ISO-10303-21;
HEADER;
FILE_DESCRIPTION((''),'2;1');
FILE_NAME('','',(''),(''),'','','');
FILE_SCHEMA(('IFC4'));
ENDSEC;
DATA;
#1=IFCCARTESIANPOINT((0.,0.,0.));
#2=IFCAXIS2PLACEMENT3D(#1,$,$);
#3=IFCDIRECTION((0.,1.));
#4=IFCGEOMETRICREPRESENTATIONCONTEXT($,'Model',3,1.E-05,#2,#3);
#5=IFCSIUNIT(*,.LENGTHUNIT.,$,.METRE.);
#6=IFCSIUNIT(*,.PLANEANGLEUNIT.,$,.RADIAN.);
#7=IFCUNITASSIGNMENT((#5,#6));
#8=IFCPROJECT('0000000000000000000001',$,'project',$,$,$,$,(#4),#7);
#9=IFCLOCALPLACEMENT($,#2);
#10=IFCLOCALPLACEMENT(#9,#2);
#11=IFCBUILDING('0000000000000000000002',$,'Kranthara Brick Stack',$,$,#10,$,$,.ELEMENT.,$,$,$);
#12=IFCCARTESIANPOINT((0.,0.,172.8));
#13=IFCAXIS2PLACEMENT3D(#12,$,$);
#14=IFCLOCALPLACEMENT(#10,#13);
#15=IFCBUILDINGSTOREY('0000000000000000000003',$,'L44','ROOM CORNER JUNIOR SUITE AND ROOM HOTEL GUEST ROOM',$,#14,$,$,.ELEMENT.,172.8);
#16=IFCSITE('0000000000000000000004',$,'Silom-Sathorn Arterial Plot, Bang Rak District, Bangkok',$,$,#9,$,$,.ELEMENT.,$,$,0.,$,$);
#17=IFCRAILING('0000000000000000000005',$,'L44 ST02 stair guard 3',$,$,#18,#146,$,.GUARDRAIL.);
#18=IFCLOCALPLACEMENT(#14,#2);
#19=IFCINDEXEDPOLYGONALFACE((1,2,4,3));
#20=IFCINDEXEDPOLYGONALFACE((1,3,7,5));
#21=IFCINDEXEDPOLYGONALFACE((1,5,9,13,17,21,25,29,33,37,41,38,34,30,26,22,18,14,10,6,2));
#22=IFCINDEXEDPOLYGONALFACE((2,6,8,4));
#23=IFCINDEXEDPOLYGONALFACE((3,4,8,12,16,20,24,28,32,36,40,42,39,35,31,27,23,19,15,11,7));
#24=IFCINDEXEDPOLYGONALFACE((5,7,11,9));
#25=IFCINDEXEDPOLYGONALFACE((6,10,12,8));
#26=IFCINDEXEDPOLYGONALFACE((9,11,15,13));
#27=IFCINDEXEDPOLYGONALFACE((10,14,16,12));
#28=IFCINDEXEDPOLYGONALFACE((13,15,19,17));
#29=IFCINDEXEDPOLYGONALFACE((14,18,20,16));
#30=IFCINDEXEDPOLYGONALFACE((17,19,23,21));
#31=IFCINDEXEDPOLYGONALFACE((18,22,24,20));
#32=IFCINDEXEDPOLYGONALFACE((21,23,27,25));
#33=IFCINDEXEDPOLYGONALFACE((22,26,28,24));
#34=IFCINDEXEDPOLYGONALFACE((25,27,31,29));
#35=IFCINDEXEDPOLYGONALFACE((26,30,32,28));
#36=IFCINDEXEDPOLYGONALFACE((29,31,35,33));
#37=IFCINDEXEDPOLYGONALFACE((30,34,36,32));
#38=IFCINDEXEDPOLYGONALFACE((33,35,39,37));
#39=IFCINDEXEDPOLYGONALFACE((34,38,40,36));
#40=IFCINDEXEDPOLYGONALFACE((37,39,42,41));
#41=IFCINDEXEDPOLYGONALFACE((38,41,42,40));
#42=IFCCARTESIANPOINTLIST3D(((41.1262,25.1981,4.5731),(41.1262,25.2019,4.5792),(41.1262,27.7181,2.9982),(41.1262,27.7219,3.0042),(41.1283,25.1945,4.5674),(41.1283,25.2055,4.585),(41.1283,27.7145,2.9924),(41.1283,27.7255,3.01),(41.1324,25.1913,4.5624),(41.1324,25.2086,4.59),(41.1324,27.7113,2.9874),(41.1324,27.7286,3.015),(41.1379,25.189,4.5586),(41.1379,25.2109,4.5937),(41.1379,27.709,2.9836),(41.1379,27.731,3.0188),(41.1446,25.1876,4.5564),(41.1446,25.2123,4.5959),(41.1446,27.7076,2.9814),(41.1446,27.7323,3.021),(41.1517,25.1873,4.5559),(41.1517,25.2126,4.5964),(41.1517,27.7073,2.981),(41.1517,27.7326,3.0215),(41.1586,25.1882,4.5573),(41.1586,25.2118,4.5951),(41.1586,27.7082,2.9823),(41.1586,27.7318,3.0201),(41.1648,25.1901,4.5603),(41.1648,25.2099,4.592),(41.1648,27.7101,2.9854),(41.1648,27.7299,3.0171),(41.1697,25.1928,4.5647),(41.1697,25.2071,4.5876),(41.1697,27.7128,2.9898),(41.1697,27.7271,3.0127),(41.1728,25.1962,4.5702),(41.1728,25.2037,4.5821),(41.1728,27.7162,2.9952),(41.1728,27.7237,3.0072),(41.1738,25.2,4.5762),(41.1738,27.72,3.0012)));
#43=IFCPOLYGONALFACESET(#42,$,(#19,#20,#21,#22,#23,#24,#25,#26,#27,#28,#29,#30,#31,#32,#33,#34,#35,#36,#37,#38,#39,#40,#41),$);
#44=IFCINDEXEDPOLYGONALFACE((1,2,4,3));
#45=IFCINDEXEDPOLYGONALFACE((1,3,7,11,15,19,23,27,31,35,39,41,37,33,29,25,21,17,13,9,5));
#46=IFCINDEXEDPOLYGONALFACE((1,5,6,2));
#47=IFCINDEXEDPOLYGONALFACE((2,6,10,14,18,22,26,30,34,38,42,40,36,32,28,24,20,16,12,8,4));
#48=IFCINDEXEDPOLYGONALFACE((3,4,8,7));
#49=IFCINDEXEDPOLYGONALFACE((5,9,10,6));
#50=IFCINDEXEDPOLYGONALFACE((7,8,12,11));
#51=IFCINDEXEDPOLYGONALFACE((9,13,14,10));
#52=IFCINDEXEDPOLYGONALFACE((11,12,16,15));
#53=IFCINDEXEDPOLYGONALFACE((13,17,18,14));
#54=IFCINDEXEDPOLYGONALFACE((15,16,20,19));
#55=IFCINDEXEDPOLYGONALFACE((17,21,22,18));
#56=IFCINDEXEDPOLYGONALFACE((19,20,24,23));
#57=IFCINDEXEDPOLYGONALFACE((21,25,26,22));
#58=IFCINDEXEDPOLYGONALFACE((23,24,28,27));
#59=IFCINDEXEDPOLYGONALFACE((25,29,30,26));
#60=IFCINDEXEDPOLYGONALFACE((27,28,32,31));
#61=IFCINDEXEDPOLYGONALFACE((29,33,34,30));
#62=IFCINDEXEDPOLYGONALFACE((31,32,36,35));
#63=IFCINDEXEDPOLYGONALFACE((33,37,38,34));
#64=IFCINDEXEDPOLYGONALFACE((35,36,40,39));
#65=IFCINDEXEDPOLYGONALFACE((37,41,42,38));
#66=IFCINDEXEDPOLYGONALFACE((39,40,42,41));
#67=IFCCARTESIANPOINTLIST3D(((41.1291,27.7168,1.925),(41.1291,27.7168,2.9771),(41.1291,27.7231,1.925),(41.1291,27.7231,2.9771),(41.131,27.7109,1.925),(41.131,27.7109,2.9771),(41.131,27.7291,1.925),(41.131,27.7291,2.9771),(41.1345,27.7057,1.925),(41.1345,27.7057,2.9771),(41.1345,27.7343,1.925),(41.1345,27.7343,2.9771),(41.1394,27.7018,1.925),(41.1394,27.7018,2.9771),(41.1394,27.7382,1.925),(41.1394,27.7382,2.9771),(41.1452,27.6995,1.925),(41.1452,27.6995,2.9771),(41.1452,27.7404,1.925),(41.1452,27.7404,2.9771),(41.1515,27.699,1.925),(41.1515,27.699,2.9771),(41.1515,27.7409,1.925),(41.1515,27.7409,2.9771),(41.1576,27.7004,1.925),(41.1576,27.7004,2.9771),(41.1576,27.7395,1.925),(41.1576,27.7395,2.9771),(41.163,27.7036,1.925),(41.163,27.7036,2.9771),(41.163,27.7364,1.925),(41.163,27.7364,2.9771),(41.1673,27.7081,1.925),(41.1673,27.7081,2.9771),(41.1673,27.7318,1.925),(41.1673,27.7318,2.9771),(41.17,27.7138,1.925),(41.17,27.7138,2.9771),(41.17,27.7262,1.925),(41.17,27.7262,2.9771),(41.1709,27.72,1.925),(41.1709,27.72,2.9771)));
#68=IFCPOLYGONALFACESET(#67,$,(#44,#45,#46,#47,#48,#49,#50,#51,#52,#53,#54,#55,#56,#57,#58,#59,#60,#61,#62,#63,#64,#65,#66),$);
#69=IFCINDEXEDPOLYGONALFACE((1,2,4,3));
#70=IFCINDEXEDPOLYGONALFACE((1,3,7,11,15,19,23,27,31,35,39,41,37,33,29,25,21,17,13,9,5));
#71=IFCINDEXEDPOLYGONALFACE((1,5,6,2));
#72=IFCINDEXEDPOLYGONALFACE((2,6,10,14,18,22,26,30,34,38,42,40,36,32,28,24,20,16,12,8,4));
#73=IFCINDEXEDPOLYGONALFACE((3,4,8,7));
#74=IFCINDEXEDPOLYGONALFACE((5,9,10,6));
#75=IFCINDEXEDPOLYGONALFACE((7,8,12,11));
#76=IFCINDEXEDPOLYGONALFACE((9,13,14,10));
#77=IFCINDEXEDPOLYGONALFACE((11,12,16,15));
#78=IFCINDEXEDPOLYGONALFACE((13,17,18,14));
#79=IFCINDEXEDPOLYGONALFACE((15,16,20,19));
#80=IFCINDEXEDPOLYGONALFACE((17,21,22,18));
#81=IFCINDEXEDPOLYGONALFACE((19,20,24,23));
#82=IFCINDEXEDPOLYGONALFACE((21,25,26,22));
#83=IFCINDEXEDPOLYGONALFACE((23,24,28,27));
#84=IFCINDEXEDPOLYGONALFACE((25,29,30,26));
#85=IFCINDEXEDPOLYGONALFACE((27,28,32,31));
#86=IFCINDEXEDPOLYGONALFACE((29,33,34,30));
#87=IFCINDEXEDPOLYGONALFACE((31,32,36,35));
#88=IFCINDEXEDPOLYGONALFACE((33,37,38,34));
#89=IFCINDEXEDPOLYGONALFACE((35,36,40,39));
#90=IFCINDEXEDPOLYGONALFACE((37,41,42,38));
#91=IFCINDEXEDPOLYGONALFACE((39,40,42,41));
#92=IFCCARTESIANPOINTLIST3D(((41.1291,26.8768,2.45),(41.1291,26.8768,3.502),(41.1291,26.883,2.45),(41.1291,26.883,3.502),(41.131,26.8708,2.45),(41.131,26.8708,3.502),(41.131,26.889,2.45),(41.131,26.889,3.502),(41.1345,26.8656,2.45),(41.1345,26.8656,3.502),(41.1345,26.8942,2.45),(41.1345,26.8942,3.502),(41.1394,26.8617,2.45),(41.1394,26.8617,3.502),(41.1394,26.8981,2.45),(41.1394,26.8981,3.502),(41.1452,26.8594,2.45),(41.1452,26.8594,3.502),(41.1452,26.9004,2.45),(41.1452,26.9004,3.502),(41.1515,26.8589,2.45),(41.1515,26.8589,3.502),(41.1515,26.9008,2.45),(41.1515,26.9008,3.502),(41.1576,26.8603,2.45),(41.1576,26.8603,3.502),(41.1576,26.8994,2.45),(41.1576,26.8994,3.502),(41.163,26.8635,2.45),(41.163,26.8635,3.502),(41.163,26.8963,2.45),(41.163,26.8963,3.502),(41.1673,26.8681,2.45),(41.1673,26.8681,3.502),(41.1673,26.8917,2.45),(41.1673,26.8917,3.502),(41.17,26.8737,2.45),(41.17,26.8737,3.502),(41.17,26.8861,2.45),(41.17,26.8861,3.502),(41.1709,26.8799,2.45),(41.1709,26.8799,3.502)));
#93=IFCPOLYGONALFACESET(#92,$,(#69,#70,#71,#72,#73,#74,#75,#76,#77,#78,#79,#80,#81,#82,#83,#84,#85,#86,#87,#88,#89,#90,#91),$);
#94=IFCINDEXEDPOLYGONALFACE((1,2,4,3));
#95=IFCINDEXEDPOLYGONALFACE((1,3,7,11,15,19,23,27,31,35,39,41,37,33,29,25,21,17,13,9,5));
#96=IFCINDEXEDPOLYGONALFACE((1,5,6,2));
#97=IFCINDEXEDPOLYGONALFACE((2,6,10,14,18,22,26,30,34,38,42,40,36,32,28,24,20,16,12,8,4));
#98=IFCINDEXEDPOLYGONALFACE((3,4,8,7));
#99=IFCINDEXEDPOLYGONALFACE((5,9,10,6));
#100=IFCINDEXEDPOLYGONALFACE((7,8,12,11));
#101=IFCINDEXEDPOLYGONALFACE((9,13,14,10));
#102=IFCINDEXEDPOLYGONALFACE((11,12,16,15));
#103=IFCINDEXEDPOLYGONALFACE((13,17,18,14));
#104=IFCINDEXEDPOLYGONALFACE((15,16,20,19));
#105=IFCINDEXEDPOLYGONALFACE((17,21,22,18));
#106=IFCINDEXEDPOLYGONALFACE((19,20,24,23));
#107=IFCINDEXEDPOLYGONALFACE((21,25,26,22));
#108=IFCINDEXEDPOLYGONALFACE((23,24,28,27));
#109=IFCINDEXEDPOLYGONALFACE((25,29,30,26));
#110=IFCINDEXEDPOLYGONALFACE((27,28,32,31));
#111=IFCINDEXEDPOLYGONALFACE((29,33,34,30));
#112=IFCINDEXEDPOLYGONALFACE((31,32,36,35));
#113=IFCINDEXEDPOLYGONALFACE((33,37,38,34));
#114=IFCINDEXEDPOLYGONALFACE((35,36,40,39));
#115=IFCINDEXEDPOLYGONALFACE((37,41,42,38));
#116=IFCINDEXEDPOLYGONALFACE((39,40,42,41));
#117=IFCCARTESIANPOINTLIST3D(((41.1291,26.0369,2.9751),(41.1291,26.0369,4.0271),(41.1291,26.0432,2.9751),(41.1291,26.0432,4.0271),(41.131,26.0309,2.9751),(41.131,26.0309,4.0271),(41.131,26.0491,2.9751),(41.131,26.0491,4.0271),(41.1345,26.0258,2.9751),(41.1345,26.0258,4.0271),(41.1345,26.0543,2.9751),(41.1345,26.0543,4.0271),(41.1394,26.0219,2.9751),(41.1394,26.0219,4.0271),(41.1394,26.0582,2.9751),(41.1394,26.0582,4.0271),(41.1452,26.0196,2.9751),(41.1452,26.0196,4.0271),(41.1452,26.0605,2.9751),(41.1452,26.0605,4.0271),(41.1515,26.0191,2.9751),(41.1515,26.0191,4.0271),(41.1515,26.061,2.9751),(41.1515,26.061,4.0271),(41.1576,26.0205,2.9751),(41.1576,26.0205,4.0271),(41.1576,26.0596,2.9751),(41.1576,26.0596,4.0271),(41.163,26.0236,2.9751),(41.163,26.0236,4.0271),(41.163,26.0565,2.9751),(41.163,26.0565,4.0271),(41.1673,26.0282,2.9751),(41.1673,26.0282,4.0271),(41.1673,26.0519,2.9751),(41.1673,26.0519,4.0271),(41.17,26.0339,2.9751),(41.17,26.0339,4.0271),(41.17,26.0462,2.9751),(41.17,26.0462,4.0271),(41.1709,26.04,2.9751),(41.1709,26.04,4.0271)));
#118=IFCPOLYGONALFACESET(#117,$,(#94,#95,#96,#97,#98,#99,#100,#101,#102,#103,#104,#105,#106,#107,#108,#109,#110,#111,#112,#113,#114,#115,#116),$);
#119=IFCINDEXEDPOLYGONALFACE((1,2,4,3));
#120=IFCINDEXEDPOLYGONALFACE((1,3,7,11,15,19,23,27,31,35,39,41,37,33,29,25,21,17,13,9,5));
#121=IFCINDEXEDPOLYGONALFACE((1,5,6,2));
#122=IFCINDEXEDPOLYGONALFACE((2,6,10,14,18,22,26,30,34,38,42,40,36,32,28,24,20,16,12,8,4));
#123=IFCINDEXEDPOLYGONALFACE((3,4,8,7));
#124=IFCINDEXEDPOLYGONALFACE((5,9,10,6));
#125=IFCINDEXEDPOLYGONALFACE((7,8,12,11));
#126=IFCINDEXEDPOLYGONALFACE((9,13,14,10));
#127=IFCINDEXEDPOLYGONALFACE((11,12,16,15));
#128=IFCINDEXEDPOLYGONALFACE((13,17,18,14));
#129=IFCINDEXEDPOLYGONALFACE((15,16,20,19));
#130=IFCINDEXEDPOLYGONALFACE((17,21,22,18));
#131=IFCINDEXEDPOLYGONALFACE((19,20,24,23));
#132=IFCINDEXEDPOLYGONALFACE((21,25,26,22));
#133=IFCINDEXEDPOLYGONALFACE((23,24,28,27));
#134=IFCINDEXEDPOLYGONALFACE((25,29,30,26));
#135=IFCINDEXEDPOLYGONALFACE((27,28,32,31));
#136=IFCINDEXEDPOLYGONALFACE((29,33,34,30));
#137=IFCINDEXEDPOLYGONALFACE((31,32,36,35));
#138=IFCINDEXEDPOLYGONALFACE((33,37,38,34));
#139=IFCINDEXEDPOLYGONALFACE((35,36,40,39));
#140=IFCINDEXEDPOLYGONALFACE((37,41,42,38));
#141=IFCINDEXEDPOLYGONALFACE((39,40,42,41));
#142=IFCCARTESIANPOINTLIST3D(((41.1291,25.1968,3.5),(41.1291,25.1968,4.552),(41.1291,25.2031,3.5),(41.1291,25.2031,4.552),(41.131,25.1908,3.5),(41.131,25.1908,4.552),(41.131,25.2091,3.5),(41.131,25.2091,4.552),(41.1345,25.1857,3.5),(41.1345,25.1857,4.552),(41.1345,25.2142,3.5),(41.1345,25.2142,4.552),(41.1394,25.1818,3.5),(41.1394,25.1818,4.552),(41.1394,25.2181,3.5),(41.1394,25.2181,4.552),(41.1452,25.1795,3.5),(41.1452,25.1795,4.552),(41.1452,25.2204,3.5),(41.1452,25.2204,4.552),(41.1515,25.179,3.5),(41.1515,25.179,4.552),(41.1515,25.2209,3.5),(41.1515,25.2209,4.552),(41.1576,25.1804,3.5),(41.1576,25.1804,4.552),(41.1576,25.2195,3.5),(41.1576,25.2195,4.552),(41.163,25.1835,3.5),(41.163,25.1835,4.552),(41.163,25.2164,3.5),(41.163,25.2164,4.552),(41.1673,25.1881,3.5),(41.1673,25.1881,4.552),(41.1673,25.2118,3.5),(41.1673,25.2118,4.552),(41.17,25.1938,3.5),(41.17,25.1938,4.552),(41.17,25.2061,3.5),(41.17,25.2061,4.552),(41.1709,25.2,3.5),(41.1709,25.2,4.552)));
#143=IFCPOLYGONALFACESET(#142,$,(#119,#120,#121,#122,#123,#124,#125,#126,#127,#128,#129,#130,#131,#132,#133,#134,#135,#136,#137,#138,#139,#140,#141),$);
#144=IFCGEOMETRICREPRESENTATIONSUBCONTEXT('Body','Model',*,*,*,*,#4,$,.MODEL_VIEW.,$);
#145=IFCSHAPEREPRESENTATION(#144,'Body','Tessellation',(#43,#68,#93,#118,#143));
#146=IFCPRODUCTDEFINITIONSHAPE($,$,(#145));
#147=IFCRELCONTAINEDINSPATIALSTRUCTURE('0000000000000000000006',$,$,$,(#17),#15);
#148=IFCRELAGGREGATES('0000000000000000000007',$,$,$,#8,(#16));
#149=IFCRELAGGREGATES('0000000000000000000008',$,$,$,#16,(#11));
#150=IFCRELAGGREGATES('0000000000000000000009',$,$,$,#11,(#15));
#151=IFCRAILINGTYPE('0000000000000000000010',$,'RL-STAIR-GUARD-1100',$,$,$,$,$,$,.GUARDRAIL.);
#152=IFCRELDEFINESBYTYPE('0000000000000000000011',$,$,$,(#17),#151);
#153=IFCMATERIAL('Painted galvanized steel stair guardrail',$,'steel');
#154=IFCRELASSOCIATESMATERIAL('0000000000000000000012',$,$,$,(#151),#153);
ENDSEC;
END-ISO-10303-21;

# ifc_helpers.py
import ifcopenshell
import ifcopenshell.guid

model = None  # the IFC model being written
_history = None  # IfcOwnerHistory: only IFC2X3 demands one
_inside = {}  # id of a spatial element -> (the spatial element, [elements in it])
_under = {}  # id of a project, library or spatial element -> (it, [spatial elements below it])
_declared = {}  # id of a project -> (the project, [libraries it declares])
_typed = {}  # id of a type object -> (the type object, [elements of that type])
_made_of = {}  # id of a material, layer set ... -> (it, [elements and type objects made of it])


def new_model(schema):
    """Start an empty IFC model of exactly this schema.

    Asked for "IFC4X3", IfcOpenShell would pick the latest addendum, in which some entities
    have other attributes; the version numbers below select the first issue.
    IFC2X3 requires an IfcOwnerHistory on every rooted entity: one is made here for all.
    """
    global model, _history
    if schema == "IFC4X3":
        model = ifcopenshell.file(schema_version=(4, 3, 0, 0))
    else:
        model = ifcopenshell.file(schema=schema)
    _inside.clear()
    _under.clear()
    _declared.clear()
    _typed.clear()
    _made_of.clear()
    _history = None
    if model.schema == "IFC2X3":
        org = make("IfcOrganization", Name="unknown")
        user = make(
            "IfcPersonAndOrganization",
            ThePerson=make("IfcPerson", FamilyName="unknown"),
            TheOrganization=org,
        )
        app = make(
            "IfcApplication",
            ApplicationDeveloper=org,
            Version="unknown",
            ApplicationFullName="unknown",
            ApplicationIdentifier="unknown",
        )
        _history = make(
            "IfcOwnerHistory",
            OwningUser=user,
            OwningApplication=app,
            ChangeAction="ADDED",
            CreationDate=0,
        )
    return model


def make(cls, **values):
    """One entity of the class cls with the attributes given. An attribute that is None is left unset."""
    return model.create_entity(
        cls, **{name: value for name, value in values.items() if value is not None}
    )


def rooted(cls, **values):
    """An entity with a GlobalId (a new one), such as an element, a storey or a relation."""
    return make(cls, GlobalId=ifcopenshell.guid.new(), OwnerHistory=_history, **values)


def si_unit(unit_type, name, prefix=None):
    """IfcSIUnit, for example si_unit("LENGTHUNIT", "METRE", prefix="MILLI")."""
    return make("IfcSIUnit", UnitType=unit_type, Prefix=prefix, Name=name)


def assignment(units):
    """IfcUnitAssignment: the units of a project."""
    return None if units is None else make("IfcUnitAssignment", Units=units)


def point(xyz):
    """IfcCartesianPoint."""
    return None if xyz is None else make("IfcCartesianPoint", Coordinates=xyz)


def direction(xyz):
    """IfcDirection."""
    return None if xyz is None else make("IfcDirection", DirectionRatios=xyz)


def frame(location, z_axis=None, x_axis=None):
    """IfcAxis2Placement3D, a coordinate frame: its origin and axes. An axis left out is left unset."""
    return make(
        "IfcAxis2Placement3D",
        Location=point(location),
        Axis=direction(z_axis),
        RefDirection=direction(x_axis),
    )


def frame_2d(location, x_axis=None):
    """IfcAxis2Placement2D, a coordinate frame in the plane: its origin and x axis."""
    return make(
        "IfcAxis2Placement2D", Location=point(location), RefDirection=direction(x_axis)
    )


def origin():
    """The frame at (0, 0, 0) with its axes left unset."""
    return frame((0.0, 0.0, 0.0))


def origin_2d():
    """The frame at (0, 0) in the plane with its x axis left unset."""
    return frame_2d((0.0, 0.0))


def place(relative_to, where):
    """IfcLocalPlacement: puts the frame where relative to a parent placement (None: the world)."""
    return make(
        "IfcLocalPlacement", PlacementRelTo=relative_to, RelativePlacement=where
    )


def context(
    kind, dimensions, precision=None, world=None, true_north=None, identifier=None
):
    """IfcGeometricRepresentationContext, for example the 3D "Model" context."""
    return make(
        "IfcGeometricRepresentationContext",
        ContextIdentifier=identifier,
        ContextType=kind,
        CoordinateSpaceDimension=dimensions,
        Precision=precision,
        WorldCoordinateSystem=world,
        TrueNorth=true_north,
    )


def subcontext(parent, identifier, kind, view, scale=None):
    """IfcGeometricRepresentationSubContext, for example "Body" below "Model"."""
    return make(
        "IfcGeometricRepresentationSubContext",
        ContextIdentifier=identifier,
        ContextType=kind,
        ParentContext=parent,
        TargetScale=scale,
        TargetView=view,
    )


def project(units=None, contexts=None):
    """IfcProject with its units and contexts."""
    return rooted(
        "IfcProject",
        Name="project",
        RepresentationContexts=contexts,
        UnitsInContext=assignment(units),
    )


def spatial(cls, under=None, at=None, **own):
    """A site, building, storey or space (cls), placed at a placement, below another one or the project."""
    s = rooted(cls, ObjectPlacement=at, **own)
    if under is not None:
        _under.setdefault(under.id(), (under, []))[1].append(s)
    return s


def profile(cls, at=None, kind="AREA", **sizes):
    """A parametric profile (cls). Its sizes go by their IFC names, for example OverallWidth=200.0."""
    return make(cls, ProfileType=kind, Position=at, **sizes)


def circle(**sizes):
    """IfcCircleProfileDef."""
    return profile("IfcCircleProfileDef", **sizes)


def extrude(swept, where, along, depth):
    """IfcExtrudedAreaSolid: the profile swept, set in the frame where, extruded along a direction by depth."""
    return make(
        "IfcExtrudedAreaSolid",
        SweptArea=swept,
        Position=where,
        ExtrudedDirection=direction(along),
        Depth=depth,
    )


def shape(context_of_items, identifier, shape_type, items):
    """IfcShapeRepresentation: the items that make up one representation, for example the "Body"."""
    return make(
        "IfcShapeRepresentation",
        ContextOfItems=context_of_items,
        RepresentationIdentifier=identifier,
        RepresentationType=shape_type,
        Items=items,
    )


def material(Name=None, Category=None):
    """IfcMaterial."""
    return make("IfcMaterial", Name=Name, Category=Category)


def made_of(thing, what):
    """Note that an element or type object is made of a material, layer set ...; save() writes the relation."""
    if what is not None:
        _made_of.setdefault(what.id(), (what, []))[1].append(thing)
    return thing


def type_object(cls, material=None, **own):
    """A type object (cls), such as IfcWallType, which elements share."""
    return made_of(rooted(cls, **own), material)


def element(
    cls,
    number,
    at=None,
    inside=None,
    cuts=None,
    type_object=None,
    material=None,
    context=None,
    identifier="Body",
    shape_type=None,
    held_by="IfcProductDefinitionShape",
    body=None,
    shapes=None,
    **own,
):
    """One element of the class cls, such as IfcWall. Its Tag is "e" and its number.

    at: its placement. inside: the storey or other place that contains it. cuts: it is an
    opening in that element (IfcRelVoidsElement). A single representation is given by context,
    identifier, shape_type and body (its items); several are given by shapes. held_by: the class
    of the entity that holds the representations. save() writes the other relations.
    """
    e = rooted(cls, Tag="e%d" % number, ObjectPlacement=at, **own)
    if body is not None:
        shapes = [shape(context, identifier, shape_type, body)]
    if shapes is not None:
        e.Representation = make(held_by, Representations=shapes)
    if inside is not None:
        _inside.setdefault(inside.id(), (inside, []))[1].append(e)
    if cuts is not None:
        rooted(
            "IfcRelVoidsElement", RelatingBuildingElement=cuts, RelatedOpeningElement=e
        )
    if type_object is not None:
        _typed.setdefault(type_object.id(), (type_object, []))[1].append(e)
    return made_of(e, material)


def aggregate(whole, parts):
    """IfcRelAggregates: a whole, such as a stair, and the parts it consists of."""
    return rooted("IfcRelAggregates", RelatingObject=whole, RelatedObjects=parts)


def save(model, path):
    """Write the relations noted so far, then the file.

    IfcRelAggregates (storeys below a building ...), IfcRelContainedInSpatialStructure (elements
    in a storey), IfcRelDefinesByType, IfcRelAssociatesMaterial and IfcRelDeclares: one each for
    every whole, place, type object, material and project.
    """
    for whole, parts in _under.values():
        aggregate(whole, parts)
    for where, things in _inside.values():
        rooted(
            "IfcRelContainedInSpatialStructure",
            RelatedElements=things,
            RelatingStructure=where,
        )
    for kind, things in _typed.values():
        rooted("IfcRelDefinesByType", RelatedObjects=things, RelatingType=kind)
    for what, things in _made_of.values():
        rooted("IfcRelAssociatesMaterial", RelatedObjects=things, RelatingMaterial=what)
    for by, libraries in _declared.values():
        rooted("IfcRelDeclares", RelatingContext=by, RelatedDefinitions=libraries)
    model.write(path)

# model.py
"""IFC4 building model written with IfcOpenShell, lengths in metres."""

from ifc_helpers import new_model, si_unit, direction, frame, origin, origin_2d, place, context, subcontext, project, spatial, circle, extrude, material, type_object, element, save


model = new_model("IFC4")

# Units and contexts
model_context = context("Model", 3, precision=1e-05, world=origin(), true_north=direction((0.0, 1.0)))
body_context = subcontext(model_context, "Body", "Model", "MODEL_VIEW")
ifc_project = project(units=[si_unit("LENGTHUNIT", "METRE"), si_unit("PLANEANGLEUNIT", "RADIAN")], contexts=[model_context])

# Site, building, storey
site_placement = place(None, origin())
site = spatial("IfcSite", under=ifc_project, at=site_placement, Name="Silom-Sathorn Arterial Plot, Bang Rak District, Bangkok", CompositionType="ELEMENT", RefElevation=0.0)
building_placement = place(site_placement, origin())
building = spatial("IfcBuilding", under=site, at=building_placement, Name="Kranthara Brick Stack", CompositionType="ELEMENT")
storey_placement = place(building_placement, frame((0.0, 0.0, 172.8)))
storey = spatial("IfcBuildingStorey", under=building, at=storey_placement, Name="L44", Description="ROOM CORNER JUNIOR SUITE AND ROOM HOTEL GUEST ROOM", CompositionType="ELEMENT", Elevation=172.8)

# Railing
ifc_material_1 = material(Name="Painted galvanized steel stair guardrail", Category="steel")
railing_type_1 = type_object("IfcRailingType", Name="RL-STAIR-GUARD-1100", PredefinedType="GUARDRAIL", material=ifc_material_1)
railing_1_placement = place(storey_placement, frame((41.1499, 27.72, 1.925)))
element("IfcRailing", 1, at=railing_1_placement, inside=storey, type_object=railing_type_1, Name="L44 ST02 stair guard 3", PredefinedType="GUARDRAIL", context=body_context, shape_type="SweptSolid", body=[
    extrude(circle(Radius=0.0239, at=origin_2d()), frame((0.0, 0.0, 1.0762), z_axis=(0.0, -0.848008, 0.529984), x_axis=(1.0, 0.0, 0.0)), (0.0, 0.0, 1.0), 2.9717),
    extrude(circle(Radius=0.021, at=origin_2d()), origin(), (0.0, 0.0, 1.0), 1.052),
    extrude(circle(Radius=0.021, at=origin_2d()), frame((0.0, -0.8401, 0.5249)), (0.0, 0.0, 1.0), 1.052),
    extrude(circle(Radius=0.021, at=origin_2d()), frame((0.0, -1.6799, 1.05)), (0.0, 0.0, 1.0), 1.052),
    extrude(circle(Radius=0.021, at=origin_2d()), frame((0.0, -2.52, 1.575)), (0.0, 0.0, 1.0), 1.052),
])

save(model, "model.ifc")
